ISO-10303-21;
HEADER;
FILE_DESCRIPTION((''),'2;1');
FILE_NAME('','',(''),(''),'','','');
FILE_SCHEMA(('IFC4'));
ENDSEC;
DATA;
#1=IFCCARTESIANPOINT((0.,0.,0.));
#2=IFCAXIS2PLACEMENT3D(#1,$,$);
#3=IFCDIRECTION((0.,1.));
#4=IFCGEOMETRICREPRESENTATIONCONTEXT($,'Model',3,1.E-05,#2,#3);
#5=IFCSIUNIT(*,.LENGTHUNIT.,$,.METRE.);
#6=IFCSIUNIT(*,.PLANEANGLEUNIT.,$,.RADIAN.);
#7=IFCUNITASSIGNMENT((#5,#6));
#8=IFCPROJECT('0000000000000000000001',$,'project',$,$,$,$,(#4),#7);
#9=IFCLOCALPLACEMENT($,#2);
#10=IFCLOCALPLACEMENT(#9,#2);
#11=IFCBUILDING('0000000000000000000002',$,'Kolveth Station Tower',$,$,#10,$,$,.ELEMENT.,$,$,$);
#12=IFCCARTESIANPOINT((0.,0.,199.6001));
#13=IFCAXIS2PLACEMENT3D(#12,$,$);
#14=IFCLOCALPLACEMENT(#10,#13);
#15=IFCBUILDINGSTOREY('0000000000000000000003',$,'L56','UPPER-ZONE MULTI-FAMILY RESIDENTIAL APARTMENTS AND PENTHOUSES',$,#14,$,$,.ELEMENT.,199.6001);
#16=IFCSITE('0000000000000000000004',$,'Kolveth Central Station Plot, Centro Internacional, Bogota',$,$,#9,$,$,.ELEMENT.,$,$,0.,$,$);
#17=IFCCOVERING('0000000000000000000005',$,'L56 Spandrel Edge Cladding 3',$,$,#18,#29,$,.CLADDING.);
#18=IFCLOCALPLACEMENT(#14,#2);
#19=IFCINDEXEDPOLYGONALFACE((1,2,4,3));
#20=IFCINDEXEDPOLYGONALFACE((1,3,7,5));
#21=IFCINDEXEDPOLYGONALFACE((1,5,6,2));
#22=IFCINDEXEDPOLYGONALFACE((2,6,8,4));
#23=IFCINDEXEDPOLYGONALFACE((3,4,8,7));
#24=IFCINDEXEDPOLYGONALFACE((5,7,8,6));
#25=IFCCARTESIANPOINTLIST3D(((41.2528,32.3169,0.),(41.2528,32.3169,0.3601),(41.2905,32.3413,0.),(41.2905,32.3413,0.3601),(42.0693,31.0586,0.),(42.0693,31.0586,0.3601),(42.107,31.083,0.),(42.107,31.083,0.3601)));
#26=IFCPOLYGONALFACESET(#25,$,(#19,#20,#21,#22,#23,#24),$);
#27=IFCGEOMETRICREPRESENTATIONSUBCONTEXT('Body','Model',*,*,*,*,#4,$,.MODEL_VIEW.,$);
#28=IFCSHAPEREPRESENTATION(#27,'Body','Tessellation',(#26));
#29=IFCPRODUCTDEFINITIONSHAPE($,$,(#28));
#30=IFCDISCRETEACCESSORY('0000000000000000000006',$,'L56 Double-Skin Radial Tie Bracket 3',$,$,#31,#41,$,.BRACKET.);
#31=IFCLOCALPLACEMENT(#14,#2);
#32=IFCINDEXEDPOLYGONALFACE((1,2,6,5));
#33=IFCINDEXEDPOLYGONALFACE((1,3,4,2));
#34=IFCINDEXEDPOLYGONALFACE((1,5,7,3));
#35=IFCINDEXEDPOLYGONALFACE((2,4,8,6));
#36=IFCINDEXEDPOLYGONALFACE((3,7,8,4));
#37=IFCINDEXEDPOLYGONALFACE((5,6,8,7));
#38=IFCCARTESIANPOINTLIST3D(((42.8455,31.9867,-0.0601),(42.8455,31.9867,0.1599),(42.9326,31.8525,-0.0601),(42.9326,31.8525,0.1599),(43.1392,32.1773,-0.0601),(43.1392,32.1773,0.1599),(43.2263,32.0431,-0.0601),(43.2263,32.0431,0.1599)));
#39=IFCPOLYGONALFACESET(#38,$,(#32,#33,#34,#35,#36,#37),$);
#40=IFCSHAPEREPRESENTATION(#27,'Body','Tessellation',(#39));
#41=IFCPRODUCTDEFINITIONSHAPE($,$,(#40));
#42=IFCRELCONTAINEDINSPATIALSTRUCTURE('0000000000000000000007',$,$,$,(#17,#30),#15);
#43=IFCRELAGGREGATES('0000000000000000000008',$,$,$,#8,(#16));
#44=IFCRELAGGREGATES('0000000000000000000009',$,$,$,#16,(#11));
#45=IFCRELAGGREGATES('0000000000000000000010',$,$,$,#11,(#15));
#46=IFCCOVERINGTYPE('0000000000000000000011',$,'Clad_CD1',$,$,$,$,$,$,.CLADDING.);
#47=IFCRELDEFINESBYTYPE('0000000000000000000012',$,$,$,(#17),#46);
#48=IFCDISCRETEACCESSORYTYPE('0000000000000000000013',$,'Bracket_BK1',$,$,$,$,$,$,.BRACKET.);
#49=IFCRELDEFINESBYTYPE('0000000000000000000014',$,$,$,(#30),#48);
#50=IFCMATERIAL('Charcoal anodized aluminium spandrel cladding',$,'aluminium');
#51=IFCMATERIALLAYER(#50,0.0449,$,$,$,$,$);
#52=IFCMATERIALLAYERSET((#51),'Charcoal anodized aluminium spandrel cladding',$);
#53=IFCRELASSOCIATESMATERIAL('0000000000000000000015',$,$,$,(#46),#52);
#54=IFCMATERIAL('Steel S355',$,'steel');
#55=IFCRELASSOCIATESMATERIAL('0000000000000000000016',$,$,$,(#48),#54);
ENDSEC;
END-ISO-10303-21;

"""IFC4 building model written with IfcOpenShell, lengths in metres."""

from ifc_helpers import new_model, si_unit, direction, frame, origin, origin_2d, place, context, subcontext, project, spatial, rectangle, extrude, source, transform, mapped, material, layer, layer_set, type_object, element, save


model = new_model("IFC4")

# Units and contexts
model_context = context("Model", 3, precision=1e-05, world=origin(), true_north=direction((0.0, 1.0)))
body_context = subcontext(model_context, "Body", "Model", "MODEL_VIEW")
ifc_project = project(units=[si_unit("LENGTHUNIT", "METRE"), si_unit("PLANEANGLEUNIT", "RADIAN")], contexts=[model_context])

# Site, building, storey
site_placement = place(None, origin())
site = spatial("IfcSite", under=ifc_project, at=site_placement, Name="Kolveth Central Station Plot, Centro Internacional, Bogota", CompositionType="ELEMENT", RefElevation=0.0)
building_placement = place(site_placement, origin())
building = spatial("IfcBuilding", under=site, at=building_placement, Name="Kolveth Station Tower", CompositionType="ELEMENT")
storey_placement = place(building_placement, frame((0.0, 0.0, 199.6001)))
storey = spatial("IfcBuildingStorey", under=building, at=storey_placement, Name="L56", Description="UPPER-ZONE MULTI-FAMILY RESIDENTIAL APARTMENTS AND PENTHOUSES", CompositionType="ELEMENT", Elevation=199.6001)

# Shared definitions
ifc_material_1 = material(Name="Steel S355", Category="steel")

# Covering
ifc_material_2 = material(Name="Charcoal anodized aluminium spandrel cladding", Category="aluminium")
ifc_layer_1 = layer(ifc_material_2, 0.0449)
ifc_layer_set_1 = layer_set([ifc_layer_1], Name="Charcoal anodized aluminium spandrel cladding")
covering_type = type_object("IfcCoveringType", Name="Clad_CD1", PredefinedType="CLADDING", material=ifc_layer_set_1)
shared_shape_1 = source(origin(), body_context, "Body", "SweptSolid", [
    extrude(rectangle(XDim=1.5, YDim=0.0449, at=origin_2d()), origin(), (0.0, 0.0, 1.0), 0.3601),
])
covering_placement = place(storey_placement, frame((41.6799, 31.7, 0.0), z_axis=(0.0, 0.0, 1.0), x_axis=(-0.544346, 0.838861, 0.0)))
element("IfcCovering", 1, at=covering_placement, inside=storey, type_object=covering_type, Name="L56 Spandrel Edge Cladding 3", PredefinedType="CLADDING", context=body_context, shape_type="MappedRepresentation", body=[
    mapped(shared_shape_1, transform((0.0, 0.0, 0.0), x_axis=(1.0, 0.0, 0.0), y_axis=(0.0, 1.0, 0.0), z_axis=(0.0, 0.0, 1.0), scale=1.0)),
])

# Discrete accessory
discrete_accessory_type = type_object("IfcDiscreteAccessoryType", Name="Bracket_BK1", PredefinedType="BRACKET", material=ifc_material_1)
shared_shape_2 = source(origin(), body_context, "Body", "SweptSolid", [
    extrude(rectangle(XDim=0.3501, YDim=0.1599, at=origin_2d()), origin(), (0.0, 0.0, 1.0), 0.22),
])
discrete_accessory_placement = place(storey_placement, frame((43.0359, 32.0149, -0.0601), z_axis=(0.0, 0.0, 1.0), x_axis=(0.838861, 0.544346, 0.0)))
element("IfcDiscreteAccessory", 2, at=discrete_accessory_placement, inside=storey, type_object=discrete_accessory_type, Name="L56 Double-Skin Radial Tie Bracket 3", PredefinedType="BRACKET", context=body_context, shape_type="MappedRepresentation", body=[
    mapped(shared_shape_2, transform((0.0, 0.0, 0.0), x_axis=(1.0, 0.0, 0.0), y_axis=(0.0, 1.0, 0.0), z_axis=(0.0, 0.0, 1.0), scale=1.0)),
])

save(model, "model.ifc")
